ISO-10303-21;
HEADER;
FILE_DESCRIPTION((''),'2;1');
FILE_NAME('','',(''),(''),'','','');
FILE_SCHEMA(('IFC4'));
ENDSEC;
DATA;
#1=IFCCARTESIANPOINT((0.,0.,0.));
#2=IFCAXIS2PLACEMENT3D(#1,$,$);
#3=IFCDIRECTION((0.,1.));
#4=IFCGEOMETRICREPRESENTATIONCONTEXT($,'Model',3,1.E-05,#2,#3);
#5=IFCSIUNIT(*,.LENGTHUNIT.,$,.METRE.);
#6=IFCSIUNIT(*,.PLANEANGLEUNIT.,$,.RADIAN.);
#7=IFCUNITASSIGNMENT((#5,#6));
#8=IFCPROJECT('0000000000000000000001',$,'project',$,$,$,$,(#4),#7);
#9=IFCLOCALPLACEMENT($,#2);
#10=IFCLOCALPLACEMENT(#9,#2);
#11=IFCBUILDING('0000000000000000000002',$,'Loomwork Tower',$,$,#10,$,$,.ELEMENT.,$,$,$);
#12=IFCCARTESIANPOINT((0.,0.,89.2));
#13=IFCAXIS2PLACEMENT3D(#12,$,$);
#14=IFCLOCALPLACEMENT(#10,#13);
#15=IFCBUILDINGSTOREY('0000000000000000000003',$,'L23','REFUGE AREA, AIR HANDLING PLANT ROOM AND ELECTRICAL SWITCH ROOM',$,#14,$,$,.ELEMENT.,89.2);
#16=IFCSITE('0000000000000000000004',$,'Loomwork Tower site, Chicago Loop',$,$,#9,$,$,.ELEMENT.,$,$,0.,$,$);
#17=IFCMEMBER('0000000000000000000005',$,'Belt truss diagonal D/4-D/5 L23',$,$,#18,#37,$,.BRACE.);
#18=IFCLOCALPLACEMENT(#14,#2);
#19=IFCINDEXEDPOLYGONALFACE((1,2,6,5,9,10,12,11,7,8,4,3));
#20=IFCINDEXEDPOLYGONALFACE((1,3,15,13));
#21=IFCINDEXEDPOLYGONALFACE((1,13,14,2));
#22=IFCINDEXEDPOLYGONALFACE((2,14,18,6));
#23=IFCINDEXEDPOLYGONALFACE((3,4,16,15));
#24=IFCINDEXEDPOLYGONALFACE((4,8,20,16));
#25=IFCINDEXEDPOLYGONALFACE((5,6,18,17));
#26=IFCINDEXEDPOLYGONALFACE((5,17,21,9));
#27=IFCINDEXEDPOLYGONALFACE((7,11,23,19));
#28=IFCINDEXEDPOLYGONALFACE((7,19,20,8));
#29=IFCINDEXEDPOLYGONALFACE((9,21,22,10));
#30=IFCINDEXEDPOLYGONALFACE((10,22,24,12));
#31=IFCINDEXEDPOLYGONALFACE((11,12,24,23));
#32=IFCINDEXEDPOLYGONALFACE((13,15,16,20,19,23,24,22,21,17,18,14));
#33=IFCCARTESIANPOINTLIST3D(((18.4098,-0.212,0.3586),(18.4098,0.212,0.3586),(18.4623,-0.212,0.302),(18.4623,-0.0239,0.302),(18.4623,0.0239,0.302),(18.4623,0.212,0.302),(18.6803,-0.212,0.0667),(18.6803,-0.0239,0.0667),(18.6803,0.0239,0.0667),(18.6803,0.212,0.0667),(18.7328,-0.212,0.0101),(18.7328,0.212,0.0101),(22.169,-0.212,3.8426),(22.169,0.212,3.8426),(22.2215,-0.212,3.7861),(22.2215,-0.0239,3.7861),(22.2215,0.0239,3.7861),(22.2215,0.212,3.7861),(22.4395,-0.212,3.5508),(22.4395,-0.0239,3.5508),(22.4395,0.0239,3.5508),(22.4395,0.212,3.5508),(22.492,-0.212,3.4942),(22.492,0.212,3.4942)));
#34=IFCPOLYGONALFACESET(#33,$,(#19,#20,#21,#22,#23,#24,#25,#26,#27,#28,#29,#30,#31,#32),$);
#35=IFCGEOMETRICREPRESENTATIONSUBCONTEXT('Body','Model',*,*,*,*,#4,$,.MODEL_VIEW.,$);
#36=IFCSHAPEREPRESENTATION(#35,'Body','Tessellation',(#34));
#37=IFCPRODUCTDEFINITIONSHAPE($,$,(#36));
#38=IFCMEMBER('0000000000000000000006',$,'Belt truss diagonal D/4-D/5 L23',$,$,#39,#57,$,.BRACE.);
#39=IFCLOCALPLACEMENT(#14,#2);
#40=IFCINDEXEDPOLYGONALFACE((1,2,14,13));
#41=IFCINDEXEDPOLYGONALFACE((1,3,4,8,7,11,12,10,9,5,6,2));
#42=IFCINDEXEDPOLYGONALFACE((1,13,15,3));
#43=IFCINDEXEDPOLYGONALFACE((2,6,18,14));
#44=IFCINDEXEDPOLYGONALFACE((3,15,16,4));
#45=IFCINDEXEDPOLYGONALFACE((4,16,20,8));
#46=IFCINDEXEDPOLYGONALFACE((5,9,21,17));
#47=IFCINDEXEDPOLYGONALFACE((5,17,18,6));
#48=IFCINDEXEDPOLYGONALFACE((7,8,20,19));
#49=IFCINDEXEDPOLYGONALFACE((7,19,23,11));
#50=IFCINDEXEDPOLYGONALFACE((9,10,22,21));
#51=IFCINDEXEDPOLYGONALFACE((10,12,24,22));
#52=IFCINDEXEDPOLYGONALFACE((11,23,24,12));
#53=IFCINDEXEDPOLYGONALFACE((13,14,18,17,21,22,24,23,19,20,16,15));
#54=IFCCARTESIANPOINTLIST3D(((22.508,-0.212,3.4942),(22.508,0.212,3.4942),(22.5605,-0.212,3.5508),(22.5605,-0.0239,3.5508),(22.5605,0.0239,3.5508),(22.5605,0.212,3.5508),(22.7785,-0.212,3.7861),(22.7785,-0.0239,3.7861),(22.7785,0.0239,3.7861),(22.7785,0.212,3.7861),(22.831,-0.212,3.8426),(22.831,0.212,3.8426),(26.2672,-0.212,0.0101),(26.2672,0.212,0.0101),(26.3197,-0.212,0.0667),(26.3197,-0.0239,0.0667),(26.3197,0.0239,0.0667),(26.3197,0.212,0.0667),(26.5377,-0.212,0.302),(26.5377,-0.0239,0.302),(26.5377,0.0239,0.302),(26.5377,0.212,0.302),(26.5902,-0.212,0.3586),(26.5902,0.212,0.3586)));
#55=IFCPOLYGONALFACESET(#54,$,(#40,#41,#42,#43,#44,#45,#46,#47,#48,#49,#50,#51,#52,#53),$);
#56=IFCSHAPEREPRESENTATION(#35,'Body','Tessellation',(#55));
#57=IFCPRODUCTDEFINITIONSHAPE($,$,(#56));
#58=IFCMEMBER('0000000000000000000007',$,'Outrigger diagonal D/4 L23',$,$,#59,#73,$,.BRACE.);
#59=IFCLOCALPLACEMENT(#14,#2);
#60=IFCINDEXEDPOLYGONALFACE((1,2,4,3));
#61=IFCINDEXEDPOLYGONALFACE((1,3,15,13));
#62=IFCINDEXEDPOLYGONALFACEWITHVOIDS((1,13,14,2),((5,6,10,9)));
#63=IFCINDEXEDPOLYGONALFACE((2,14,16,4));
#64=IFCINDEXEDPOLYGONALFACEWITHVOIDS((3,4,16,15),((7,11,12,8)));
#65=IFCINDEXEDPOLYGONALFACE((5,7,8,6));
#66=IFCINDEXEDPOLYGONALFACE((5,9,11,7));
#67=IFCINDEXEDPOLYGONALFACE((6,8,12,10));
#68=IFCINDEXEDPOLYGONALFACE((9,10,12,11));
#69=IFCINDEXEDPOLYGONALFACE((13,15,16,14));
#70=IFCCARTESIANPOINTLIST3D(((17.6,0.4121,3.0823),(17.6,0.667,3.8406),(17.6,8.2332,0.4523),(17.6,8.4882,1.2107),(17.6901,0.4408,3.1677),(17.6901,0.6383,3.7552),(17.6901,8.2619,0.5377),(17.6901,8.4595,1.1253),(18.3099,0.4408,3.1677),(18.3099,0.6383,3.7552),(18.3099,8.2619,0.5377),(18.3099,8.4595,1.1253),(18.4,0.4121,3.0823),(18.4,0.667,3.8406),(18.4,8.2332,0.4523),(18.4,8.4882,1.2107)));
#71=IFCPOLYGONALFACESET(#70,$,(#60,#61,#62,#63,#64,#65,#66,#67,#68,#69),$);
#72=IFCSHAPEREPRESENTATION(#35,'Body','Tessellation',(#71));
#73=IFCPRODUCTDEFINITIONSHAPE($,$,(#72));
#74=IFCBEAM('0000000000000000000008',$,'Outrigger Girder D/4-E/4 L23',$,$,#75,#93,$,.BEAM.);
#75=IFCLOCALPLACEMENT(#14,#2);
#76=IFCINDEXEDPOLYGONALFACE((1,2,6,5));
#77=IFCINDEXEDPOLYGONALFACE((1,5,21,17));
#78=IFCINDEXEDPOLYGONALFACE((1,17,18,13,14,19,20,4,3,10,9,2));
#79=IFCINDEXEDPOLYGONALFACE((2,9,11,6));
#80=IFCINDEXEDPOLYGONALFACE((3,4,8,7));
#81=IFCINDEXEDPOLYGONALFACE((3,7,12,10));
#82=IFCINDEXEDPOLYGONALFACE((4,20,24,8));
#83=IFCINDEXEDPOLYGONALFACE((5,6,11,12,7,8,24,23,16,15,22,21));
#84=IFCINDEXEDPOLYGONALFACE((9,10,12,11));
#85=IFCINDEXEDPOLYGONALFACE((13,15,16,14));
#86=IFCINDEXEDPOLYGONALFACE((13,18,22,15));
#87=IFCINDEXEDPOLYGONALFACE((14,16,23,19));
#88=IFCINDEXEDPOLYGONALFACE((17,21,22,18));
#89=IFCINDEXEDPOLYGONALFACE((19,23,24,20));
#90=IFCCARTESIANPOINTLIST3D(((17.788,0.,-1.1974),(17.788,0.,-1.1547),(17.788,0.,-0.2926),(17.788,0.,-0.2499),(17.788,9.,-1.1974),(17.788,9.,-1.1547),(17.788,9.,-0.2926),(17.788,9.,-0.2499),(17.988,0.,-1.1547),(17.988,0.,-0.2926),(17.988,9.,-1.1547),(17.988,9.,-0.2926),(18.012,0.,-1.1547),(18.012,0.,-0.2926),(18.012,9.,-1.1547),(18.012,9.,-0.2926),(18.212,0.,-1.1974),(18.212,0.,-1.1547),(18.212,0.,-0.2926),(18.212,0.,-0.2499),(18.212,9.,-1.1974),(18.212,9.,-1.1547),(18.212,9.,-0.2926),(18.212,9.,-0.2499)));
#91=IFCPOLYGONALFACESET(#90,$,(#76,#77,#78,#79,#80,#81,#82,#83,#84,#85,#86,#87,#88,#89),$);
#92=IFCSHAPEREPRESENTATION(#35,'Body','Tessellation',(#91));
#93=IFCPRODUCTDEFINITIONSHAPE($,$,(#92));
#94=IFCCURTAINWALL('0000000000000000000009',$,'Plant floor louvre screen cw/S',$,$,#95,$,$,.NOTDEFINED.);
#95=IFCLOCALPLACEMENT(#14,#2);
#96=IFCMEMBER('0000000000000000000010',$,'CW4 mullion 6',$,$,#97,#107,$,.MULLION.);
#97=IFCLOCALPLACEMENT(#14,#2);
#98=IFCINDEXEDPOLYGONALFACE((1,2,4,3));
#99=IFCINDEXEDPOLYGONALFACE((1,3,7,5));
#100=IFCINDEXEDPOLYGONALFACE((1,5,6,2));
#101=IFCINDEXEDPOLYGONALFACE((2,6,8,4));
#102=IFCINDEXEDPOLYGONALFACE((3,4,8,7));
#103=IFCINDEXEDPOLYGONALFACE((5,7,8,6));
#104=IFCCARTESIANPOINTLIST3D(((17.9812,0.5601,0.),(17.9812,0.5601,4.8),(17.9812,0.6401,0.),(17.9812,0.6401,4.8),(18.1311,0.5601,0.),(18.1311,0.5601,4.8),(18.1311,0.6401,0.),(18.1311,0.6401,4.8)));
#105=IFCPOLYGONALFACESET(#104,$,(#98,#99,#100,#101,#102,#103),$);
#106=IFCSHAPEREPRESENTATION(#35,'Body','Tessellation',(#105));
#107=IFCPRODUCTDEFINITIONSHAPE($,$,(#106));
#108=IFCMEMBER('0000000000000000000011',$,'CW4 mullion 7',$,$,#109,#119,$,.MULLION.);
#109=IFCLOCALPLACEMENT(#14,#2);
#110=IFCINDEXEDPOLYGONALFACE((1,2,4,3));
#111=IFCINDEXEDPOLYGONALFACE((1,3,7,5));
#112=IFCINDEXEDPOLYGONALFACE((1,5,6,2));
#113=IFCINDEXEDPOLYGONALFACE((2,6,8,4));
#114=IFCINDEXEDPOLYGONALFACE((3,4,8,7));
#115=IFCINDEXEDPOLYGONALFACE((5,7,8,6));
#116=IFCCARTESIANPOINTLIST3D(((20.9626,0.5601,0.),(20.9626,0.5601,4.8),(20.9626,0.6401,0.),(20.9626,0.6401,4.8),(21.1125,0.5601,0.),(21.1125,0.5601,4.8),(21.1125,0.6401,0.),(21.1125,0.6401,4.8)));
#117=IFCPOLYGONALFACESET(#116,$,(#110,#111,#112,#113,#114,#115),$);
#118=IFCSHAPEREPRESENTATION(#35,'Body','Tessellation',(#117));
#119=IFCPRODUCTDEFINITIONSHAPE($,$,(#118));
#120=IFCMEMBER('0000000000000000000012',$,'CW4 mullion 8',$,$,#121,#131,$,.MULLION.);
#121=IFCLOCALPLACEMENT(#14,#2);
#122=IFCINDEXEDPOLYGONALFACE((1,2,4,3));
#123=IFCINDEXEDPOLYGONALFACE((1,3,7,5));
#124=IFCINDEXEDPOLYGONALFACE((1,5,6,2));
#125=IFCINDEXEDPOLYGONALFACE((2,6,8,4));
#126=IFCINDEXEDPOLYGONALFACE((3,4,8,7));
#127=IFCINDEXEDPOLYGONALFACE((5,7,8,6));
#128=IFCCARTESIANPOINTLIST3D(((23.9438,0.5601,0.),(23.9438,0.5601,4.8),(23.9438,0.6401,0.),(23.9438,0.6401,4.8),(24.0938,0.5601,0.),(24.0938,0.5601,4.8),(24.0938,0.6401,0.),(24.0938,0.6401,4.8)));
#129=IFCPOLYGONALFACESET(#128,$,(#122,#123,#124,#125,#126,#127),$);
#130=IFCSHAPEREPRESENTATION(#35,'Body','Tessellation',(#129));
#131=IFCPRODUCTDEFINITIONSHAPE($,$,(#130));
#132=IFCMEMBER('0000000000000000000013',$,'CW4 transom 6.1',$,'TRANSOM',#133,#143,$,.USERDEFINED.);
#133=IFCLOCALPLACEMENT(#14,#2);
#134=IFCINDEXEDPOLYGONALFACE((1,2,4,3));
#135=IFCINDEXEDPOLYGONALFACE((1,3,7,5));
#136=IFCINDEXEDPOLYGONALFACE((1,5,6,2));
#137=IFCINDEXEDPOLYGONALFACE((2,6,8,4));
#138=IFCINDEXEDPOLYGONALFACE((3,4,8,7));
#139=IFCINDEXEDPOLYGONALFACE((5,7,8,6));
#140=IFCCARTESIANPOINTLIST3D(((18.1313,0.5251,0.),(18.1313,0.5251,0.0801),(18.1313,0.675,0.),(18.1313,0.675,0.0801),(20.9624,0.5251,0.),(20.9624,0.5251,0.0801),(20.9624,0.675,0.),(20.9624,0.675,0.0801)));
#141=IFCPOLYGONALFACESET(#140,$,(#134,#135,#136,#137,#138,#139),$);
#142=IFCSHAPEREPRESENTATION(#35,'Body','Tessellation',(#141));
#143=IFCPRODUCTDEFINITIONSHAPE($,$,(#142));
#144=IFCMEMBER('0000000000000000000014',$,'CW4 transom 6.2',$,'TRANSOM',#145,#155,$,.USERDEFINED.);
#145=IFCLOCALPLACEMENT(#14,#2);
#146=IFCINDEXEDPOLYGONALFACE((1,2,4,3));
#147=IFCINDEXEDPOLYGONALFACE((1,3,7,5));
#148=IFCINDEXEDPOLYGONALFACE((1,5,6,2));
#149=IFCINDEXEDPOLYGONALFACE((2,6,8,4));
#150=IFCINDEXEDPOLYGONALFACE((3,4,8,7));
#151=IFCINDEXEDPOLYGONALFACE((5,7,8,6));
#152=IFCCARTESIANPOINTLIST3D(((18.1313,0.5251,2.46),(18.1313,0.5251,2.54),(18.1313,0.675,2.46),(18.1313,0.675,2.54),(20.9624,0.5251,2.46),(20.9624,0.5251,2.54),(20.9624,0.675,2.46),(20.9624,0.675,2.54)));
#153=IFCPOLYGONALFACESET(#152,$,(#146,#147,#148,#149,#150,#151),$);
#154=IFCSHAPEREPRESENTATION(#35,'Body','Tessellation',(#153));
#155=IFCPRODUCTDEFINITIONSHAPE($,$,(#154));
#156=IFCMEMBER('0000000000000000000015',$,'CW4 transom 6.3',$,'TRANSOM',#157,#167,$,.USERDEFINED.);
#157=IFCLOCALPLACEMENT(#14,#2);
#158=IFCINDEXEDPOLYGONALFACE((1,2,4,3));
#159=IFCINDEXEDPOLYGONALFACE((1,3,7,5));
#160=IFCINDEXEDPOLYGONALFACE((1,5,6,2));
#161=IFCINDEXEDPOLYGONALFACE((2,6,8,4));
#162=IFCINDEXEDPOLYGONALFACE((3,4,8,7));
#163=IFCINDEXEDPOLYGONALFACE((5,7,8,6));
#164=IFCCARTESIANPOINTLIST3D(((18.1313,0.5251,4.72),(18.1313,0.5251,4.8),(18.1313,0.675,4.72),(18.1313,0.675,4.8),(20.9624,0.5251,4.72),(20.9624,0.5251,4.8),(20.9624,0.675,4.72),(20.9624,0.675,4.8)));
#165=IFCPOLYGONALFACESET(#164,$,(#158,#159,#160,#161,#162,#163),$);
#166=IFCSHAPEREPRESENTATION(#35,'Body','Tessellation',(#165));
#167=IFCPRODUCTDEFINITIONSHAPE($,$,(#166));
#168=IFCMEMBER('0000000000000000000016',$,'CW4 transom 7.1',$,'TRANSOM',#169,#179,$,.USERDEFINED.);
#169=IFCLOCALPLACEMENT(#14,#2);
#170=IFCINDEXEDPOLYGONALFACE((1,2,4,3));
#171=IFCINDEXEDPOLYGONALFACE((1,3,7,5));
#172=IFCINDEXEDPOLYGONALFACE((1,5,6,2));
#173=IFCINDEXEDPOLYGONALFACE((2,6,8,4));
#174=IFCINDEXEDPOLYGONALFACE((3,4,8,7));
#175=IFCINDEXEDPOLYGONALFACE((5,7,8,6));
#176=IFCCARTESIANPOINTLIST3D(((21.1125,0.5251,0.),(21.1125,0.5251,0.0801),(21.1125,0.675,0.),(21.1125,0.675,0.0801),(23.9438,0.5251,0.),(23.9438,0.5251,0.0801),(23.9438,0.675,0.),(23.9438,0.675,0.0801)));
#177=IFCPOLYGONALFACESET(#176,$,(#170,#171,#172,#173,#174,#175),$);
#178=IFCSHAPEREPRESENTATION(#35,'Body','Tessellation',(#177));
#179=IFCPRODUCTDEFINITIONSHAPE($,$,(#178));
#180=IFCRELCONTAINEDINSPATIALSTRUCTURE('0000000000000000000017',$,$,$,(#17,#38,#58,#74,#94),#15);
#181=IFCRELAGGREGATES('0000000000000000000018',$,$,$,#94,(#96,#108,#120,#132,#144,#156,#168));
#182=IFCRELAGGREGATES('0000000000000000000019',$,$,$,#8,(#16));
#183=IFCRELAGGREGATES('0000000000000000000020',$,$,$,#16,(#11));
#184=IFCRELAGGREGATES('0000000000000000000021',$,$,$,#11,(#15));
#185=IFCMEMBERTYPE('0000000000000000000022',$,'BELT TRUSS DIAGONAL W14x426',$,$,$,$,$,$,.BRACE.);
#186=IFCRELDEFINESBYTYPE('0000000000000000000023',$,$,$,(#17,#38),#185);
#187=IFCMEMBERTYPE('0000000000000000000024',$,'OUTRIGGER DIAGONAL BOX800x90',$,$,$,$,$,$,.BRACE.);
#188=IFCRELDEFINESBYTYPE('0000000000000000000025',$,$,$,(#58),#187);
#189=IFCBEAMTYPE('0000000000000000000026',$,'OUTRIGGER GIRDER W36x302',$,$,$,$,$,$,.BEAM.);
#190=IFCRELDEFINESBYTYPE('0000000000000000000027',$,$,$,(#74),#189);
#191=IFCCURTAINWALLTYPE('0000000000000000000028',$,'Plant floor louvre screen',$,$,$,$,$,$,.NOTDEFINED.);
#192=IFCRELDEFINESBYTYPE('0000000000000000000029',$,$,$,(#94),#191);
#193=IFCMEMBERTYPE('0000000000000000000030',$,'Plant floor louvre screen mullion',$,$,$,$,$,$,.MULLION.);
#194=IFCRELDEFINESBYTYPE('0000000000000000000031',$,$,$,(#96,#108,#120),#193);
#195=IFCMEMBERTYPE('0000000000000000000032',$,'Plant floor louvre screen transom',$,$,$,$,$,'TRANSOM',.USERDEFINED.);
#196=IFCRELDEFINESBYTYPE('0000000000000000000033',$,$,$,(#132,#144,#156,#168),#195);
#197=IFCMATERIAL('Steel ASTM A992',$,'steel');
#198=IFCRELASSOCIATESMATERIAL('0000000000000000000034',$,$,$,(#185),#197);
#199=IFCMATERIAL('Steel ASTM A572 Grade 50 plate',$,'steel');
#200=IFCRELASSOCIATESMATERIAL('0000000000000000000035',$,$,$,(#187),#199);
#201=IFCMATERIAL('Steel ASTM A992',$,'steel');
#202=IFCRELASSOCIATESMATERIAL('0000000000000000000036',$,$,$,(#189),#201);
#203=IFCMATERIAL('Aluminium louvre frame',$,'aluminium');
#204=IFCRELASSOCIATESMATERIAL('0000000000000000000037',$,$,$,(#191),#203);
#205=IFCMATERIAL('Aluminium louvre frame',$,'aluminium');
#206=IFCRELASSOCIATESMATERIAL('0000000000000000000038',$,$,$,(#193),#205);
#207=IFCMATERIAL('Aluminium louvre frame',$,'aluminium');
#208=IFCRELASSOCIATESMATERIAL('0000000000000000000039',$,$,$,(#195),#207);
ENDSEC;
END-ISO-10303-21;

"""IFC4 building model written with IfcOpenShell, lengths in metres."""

from ifc_helpers import new_model, si_unit, direction, frame, origin, origin_2d, place, context, subcontext, project, spatial, rectangle, hollow_rectangle, i_section, extrude, material, material_profile, profile_set, type_object, element, aggregate, save


model = new_model("IFC4")

# Units and contexts
model_context = context("Model", 3, precision=1e-05, world=origin(), true_north=direction((0.0, 1.0)))
body_context = subcontext(model_context, "Body", "Model", "MODEL_VIEW")
ifc_project = project(units=[si_unit("LENGTHUNIT", "METRE"), si_unit("PLANEANGLEUNIT", "RADIAN")], contexts=[model_context])

# Site, building, storey
site_placement = place(None, origin())
site = spatial("IfcSite", under=ifc_project, at=site_placement, Name="Loomwork Tower site, Chicago Loop", CompositionType="ELEMENT", RefElevation=0.0)
building_placement = place(site_placement, origin())
building = spatial("IfcBuilding", under=site, at=building_placement, Name="Loomwork Tower", CompositionType="ELEMENT")
storey_placement = place(building_placement, frame((0.0, 0.0, 89.2)))
storey = spatial("IfcBuildingStorey", under=building, at=storey_placement, Name="L23", Description="REFUGE AREA, AIR HANDLING PLANT ROOM AND ELECTRICAL SWITCH ROOM", CompositionType="ELEMENT", Elevation=89.2)

# Members
ifc_material_1 = material(Name="Steel ASTM A992", Category="steel")
ifc_material_profile_1 = material_profile(ifc_material_1, i_section(OverallWidth=0.4241, OverallDepth=0.4751, WebThickness=0.0479, FlangeThickness=0.0771, at=origin_2d()), Name="W14x426")
ifc_profile_set_1 = profile_set([ifc_material_profile_1], Name="Steel ASTM A992")
member_type_1 = type_object("IfcMemberType", Name="BELT TRUSS DIAGONAL W14x426", PredefinedType="BRACE", material=ifc_profile_set_1)
for number, where, z_axis, x_axis, name in (
    (1, (18.5713, 0.0, 0.1843), (0.733438, 0.0, 0.679757), (0.0, 1.0, 0.0), "Belt truss diagonal D/4-D/5 L23"),
    (2, (26.4287, 0.0, 0.1843), (-0.733438, 0.0, 0.679757), (0.0, -1.0, 0.0), "Belt truss diagonal D/4-D/5 L23"),
):
    element("IfcMember", number, at=place(storey_placement, frame(where, z_axis=z_axis, x_axis=x_axis)), inside=storey, type_object=member_type_1, Name=name, PredefinedType="BRACE", context=body_context, shape_type="SweptSolid", body=[
        extrude(i_section(OverallWidth=0.4241, OverallDepth=0.4751, WebThickness=0.0479, FlangeThickness=0.0771, at=origin_2d()), origin(), (0.0, 0.0, 1.0), 5.1255),
    ])
ifc_material_2 = material(Name="Steel ASTM A572 Grade 50 plate", Category="steel")
ifc_material_profile_2 = material_profile(ifc_material_2, hollow_rectangle(XDim=0.8, YDim=0.8, WallThickness=0.0901, at=origin_2d()), Name="BOX800x90")
ifc_profile_set_2 = profile_set([ifc_material_profile_2], Name="Steel ASTM A572 Grade 50 plate")
member_type_2 = type_object("IfcMemberType", Name="OUTRIGGER DIAGONAL BOX800x90", PredefinedType="BRACE", material=ifc_profile_set_2)
member_1_placement = place(storey_placement, frame((18.0, 0.5396, 3.4614), z_axis=(0.0, 0.947849, -0.318721), x_axis=(-1.0, 0.0, 0.0)))
element("IfcMember", 3, at=member_1_placement, inside=storey, type_object=member_type_2, Name="Outrigger diagonal D/4 L23", PredefinedType="BRACE", context=body_context, shape_type="SweptSolid", body=[
    extrude(hollow_rectangle(XDim=0.8, YDim=0.8, WallThickness=0.0901, at=origin_2d()), origin(), (0.0, 0.0, 1.0), 8.2515),
])

# Beam
ifc_material_3 = material(Name="Steel ASTM A992", Category="steel")
ifc_material_profile_3 = material_profile(ifc_material_3, i_section(OverallWidth=0.4241, OverallDepth=0.9475, WebThickness=0.0239, FlangeThickness=0.0427, at=origin_2d()), Name="W36x302")
ifc_profile_set_3 = profile_set([ifc_material_profile_3], Name="Steel ASTM A992")
beam_type = type_object("IfcBeamType", Name="OUTRIGGER GIRDER W36x302", PredefinedType="BEAM", material=ifc_profile_set_3)
beam_placement = place(storey_placement, frame((18.0, 0.0, -0.7236), z_axis=(0.0, 1.0, 0.0), x_axis=(-1.0, 0.0, 0.0)))
element("IfcBeam", 4, at=beam_placement, inside=storey, type_object=beam_type, Name="Outrigger Girder D/4-E/4 L23", PredefinedType="BEAM", context=body_context, shape_type="SweptSolid", body=[
    extrude(i_section(OverallWidth=0.4241, OverallDepth=0.9475, WebThickness=0.0239, FlangeThickness=0.0427, at=origin_2d()), origin(), (0.0, 0.0, 1.0), 9.0),
])

# Curtain wall, members
ifc_material_4 = material(Name="Aluminium louvre frame", Category="aluminium")
curtain_wall_type = type_object("IfcCurtainWallType", Name="Plant floor louvre screen", PredefinedType="NOTDEFINED", material=ifc_material_4)
curtain_wall_placement = place(storey_placement, origin())
curtain_wall = element("IfcCurtainWall", 5, at=curtain_wall_placement, inside=storey, type_object=curtain_wall_type, Name="Plant floor louvre screen cw/S", PredefinedType="NOTDEFINED")
ifc_material_5 = material(Name="Aluminium louvre frame", Category="aluminium")
ifc_material_profile_4 = material_profile(ifc_material_5, rectangle(XDim=0.0801, YDim=0.1499, at=origin_2d()), Name="AL 80x150")
ifc_profile_set_4 = profile_set([ifc_material_profile_4], Name="Aluminium louvre frame")
member_type_3 = type_object("IfcMemberType", Name="Plant floor louvre screen mullion", PredefinedType="MULLION", material=ifc_profile_set_4)
member_2_placement = place(storey_placement, frame((18.0562, 0.6001, 0.0), z_axis=(0.0, 0.0, 1.0), x_axis=(0.0, 1.0, 0.0)))
member_2 = element("IfcMember", 6, at=member_2_placement, type_object=member_type_3, Name="CW4 mullion 6", PredefinedType="MULLION", context=body_context, shape_type="SweptSolid", body=[
    extrude(rectangle(XDim=0.0801, YDim=0.1499, at=origin_2d()), origin(), (0.0, 0.0, 1.0), 4.8),
])
member_3_placement = place(storey_placement, frame((21.0376, 0.6001, 0.0), z_axis=(0.0, 0.0, 1.0), x_axis=(0.0, 1.0, 0.0)))
member_3 = element("IfcMember", 7, at=member_3_placement, type_object=member_type_3, Name="CW4 mullion 7", PredefinedType="MULLION", context=body_context, shape_type="SweptSolid", body=[
    extrude(rectangle(XDim=0.0801, YDim=0.1499, at=origin_2d()), origin(), (0.0, 0.0, 1.0), 4.8),
])
member_4_placement = place(storey_placement, frame((24.0188, 0.6001, 0.0), z_axis=(0.0, 0.0, 1.0), x_axis=(0.0, 1.0, 0.0)))
member_4 = element("IfcMember", 8, at=member_4_placement, type_object=member_type_3, Name="CW4 mullion 8", PredefinedType="MULLION", context=body_context, shape_type="SweptSolid", body=[
    extrude(rectangle(XDim=0.0801, YDim=0.1499, at=origin_2d()), origin(), (0.0, 0.0, 1.0), 4.8),
])
ifc_material_6 = material(Name="Aluminium louvre frame", Category="aluminium")
ifc_material_profile_5 = material_profile(ifc_material_6, rectangle(XDim=0.1499, YDim=0.0801, at=origin_2d()), Name="AL 80x150")
ifc_profile_set_5 = profile_set([ifc_material_profile_5], Name="Aluminium louvre frame")
member_type_4 = type_object("IfcMemberType", Name="Plant floor louvre screen transom", ElementType="TRANSOM", PredefinedType="USERDEFINED", material=ifc_profile_set_5)
member_5_placement = place(storey_placement, frame((18.1313, 0.6001, 0.04), z_axis=(1.0, 0.0, 0.0), x_axis=(0.0, 1.0, 0.0)))
member_5 = element("IfcMember", 9, at=member_5_placement, type_object=member_type_4, Name="CW4 transom 6.1", ObjectType="TRANSOM", PredefinedType="USERDEFINED", context=body_context, shape_type="SweptSolid", body=[
    extrude(rectangle(XDim=0.1499, YDim=0.0801, at=origin_2d()), origin(), (0.0, 0.0, 1.0), 2.8311),
])
member_6_placement = place(storey_placement, frame((18.1313, 0.6001, 2.5), z_axis=(1.0, 0.0, 0.0), x_axis=(0.0, 1.0, 0.0)))
member_6 = element("IfcMember", 10, at=member_6_placement, type_object=member_type_4, Name="CW4 transom 6.2", ObjectType="TRANSOM", PredefinedType="USERDEFINED", context=body_context, shape_type="SweptSolid", body=[
    extrude(rectangle(XDim=0.1499, YDim=0.0801, at=origin_2d()), origin(), (0.0, 0.0, 1.0), 2.8311),
])
member_7_placement = place(storey_placement, frame((18.1313, 0.6001, 4.76), z_axis=(1.0, 0.0, 0.0), x_axis=(0.0, 1.0, 0.0)))
member_7 = element("IfcMember", 11, at=member_7_placement, type_object=member_type_4, Name="CW4 transom 6.3", ObjectType="TRANSOM", PredefinedType="USERDEFINED", context=body_context, shape_type="SweptSolid", body=[
    extrude(rectangle(XDim=0.1499, YDim=0.0801, at=origin_2d()), origin(), (0.0, 0.0, 1.0), 2.8311),
])
member_8_placement = place(storey_placement, frame((21.1125, 0.6001, 0.04), z_axis=(1.0, 0.0, 0.0), x_axis=(0.0, 1.0, 0.0)))
member_8 = element("IfcMember", 12, at=member_8_placement, type_object=member_type_4, Name="CW4 transom 7.1", ObjectType="TRANSOM", PredefinedType="USERDEFINED", context=body_context, shape_type="SweptSolid", body=[
    extrude(rectangle(XDim=0.1499, YDim=0.0801, at=origin_2d()), origin(), (0.0, 0.0, 1.0), 2.8313),
])

aggregate(curtain_wall, [member_2, member_3, member_4, member_5, member_6, member_7, member_8])

save(model, "model.ifc")
